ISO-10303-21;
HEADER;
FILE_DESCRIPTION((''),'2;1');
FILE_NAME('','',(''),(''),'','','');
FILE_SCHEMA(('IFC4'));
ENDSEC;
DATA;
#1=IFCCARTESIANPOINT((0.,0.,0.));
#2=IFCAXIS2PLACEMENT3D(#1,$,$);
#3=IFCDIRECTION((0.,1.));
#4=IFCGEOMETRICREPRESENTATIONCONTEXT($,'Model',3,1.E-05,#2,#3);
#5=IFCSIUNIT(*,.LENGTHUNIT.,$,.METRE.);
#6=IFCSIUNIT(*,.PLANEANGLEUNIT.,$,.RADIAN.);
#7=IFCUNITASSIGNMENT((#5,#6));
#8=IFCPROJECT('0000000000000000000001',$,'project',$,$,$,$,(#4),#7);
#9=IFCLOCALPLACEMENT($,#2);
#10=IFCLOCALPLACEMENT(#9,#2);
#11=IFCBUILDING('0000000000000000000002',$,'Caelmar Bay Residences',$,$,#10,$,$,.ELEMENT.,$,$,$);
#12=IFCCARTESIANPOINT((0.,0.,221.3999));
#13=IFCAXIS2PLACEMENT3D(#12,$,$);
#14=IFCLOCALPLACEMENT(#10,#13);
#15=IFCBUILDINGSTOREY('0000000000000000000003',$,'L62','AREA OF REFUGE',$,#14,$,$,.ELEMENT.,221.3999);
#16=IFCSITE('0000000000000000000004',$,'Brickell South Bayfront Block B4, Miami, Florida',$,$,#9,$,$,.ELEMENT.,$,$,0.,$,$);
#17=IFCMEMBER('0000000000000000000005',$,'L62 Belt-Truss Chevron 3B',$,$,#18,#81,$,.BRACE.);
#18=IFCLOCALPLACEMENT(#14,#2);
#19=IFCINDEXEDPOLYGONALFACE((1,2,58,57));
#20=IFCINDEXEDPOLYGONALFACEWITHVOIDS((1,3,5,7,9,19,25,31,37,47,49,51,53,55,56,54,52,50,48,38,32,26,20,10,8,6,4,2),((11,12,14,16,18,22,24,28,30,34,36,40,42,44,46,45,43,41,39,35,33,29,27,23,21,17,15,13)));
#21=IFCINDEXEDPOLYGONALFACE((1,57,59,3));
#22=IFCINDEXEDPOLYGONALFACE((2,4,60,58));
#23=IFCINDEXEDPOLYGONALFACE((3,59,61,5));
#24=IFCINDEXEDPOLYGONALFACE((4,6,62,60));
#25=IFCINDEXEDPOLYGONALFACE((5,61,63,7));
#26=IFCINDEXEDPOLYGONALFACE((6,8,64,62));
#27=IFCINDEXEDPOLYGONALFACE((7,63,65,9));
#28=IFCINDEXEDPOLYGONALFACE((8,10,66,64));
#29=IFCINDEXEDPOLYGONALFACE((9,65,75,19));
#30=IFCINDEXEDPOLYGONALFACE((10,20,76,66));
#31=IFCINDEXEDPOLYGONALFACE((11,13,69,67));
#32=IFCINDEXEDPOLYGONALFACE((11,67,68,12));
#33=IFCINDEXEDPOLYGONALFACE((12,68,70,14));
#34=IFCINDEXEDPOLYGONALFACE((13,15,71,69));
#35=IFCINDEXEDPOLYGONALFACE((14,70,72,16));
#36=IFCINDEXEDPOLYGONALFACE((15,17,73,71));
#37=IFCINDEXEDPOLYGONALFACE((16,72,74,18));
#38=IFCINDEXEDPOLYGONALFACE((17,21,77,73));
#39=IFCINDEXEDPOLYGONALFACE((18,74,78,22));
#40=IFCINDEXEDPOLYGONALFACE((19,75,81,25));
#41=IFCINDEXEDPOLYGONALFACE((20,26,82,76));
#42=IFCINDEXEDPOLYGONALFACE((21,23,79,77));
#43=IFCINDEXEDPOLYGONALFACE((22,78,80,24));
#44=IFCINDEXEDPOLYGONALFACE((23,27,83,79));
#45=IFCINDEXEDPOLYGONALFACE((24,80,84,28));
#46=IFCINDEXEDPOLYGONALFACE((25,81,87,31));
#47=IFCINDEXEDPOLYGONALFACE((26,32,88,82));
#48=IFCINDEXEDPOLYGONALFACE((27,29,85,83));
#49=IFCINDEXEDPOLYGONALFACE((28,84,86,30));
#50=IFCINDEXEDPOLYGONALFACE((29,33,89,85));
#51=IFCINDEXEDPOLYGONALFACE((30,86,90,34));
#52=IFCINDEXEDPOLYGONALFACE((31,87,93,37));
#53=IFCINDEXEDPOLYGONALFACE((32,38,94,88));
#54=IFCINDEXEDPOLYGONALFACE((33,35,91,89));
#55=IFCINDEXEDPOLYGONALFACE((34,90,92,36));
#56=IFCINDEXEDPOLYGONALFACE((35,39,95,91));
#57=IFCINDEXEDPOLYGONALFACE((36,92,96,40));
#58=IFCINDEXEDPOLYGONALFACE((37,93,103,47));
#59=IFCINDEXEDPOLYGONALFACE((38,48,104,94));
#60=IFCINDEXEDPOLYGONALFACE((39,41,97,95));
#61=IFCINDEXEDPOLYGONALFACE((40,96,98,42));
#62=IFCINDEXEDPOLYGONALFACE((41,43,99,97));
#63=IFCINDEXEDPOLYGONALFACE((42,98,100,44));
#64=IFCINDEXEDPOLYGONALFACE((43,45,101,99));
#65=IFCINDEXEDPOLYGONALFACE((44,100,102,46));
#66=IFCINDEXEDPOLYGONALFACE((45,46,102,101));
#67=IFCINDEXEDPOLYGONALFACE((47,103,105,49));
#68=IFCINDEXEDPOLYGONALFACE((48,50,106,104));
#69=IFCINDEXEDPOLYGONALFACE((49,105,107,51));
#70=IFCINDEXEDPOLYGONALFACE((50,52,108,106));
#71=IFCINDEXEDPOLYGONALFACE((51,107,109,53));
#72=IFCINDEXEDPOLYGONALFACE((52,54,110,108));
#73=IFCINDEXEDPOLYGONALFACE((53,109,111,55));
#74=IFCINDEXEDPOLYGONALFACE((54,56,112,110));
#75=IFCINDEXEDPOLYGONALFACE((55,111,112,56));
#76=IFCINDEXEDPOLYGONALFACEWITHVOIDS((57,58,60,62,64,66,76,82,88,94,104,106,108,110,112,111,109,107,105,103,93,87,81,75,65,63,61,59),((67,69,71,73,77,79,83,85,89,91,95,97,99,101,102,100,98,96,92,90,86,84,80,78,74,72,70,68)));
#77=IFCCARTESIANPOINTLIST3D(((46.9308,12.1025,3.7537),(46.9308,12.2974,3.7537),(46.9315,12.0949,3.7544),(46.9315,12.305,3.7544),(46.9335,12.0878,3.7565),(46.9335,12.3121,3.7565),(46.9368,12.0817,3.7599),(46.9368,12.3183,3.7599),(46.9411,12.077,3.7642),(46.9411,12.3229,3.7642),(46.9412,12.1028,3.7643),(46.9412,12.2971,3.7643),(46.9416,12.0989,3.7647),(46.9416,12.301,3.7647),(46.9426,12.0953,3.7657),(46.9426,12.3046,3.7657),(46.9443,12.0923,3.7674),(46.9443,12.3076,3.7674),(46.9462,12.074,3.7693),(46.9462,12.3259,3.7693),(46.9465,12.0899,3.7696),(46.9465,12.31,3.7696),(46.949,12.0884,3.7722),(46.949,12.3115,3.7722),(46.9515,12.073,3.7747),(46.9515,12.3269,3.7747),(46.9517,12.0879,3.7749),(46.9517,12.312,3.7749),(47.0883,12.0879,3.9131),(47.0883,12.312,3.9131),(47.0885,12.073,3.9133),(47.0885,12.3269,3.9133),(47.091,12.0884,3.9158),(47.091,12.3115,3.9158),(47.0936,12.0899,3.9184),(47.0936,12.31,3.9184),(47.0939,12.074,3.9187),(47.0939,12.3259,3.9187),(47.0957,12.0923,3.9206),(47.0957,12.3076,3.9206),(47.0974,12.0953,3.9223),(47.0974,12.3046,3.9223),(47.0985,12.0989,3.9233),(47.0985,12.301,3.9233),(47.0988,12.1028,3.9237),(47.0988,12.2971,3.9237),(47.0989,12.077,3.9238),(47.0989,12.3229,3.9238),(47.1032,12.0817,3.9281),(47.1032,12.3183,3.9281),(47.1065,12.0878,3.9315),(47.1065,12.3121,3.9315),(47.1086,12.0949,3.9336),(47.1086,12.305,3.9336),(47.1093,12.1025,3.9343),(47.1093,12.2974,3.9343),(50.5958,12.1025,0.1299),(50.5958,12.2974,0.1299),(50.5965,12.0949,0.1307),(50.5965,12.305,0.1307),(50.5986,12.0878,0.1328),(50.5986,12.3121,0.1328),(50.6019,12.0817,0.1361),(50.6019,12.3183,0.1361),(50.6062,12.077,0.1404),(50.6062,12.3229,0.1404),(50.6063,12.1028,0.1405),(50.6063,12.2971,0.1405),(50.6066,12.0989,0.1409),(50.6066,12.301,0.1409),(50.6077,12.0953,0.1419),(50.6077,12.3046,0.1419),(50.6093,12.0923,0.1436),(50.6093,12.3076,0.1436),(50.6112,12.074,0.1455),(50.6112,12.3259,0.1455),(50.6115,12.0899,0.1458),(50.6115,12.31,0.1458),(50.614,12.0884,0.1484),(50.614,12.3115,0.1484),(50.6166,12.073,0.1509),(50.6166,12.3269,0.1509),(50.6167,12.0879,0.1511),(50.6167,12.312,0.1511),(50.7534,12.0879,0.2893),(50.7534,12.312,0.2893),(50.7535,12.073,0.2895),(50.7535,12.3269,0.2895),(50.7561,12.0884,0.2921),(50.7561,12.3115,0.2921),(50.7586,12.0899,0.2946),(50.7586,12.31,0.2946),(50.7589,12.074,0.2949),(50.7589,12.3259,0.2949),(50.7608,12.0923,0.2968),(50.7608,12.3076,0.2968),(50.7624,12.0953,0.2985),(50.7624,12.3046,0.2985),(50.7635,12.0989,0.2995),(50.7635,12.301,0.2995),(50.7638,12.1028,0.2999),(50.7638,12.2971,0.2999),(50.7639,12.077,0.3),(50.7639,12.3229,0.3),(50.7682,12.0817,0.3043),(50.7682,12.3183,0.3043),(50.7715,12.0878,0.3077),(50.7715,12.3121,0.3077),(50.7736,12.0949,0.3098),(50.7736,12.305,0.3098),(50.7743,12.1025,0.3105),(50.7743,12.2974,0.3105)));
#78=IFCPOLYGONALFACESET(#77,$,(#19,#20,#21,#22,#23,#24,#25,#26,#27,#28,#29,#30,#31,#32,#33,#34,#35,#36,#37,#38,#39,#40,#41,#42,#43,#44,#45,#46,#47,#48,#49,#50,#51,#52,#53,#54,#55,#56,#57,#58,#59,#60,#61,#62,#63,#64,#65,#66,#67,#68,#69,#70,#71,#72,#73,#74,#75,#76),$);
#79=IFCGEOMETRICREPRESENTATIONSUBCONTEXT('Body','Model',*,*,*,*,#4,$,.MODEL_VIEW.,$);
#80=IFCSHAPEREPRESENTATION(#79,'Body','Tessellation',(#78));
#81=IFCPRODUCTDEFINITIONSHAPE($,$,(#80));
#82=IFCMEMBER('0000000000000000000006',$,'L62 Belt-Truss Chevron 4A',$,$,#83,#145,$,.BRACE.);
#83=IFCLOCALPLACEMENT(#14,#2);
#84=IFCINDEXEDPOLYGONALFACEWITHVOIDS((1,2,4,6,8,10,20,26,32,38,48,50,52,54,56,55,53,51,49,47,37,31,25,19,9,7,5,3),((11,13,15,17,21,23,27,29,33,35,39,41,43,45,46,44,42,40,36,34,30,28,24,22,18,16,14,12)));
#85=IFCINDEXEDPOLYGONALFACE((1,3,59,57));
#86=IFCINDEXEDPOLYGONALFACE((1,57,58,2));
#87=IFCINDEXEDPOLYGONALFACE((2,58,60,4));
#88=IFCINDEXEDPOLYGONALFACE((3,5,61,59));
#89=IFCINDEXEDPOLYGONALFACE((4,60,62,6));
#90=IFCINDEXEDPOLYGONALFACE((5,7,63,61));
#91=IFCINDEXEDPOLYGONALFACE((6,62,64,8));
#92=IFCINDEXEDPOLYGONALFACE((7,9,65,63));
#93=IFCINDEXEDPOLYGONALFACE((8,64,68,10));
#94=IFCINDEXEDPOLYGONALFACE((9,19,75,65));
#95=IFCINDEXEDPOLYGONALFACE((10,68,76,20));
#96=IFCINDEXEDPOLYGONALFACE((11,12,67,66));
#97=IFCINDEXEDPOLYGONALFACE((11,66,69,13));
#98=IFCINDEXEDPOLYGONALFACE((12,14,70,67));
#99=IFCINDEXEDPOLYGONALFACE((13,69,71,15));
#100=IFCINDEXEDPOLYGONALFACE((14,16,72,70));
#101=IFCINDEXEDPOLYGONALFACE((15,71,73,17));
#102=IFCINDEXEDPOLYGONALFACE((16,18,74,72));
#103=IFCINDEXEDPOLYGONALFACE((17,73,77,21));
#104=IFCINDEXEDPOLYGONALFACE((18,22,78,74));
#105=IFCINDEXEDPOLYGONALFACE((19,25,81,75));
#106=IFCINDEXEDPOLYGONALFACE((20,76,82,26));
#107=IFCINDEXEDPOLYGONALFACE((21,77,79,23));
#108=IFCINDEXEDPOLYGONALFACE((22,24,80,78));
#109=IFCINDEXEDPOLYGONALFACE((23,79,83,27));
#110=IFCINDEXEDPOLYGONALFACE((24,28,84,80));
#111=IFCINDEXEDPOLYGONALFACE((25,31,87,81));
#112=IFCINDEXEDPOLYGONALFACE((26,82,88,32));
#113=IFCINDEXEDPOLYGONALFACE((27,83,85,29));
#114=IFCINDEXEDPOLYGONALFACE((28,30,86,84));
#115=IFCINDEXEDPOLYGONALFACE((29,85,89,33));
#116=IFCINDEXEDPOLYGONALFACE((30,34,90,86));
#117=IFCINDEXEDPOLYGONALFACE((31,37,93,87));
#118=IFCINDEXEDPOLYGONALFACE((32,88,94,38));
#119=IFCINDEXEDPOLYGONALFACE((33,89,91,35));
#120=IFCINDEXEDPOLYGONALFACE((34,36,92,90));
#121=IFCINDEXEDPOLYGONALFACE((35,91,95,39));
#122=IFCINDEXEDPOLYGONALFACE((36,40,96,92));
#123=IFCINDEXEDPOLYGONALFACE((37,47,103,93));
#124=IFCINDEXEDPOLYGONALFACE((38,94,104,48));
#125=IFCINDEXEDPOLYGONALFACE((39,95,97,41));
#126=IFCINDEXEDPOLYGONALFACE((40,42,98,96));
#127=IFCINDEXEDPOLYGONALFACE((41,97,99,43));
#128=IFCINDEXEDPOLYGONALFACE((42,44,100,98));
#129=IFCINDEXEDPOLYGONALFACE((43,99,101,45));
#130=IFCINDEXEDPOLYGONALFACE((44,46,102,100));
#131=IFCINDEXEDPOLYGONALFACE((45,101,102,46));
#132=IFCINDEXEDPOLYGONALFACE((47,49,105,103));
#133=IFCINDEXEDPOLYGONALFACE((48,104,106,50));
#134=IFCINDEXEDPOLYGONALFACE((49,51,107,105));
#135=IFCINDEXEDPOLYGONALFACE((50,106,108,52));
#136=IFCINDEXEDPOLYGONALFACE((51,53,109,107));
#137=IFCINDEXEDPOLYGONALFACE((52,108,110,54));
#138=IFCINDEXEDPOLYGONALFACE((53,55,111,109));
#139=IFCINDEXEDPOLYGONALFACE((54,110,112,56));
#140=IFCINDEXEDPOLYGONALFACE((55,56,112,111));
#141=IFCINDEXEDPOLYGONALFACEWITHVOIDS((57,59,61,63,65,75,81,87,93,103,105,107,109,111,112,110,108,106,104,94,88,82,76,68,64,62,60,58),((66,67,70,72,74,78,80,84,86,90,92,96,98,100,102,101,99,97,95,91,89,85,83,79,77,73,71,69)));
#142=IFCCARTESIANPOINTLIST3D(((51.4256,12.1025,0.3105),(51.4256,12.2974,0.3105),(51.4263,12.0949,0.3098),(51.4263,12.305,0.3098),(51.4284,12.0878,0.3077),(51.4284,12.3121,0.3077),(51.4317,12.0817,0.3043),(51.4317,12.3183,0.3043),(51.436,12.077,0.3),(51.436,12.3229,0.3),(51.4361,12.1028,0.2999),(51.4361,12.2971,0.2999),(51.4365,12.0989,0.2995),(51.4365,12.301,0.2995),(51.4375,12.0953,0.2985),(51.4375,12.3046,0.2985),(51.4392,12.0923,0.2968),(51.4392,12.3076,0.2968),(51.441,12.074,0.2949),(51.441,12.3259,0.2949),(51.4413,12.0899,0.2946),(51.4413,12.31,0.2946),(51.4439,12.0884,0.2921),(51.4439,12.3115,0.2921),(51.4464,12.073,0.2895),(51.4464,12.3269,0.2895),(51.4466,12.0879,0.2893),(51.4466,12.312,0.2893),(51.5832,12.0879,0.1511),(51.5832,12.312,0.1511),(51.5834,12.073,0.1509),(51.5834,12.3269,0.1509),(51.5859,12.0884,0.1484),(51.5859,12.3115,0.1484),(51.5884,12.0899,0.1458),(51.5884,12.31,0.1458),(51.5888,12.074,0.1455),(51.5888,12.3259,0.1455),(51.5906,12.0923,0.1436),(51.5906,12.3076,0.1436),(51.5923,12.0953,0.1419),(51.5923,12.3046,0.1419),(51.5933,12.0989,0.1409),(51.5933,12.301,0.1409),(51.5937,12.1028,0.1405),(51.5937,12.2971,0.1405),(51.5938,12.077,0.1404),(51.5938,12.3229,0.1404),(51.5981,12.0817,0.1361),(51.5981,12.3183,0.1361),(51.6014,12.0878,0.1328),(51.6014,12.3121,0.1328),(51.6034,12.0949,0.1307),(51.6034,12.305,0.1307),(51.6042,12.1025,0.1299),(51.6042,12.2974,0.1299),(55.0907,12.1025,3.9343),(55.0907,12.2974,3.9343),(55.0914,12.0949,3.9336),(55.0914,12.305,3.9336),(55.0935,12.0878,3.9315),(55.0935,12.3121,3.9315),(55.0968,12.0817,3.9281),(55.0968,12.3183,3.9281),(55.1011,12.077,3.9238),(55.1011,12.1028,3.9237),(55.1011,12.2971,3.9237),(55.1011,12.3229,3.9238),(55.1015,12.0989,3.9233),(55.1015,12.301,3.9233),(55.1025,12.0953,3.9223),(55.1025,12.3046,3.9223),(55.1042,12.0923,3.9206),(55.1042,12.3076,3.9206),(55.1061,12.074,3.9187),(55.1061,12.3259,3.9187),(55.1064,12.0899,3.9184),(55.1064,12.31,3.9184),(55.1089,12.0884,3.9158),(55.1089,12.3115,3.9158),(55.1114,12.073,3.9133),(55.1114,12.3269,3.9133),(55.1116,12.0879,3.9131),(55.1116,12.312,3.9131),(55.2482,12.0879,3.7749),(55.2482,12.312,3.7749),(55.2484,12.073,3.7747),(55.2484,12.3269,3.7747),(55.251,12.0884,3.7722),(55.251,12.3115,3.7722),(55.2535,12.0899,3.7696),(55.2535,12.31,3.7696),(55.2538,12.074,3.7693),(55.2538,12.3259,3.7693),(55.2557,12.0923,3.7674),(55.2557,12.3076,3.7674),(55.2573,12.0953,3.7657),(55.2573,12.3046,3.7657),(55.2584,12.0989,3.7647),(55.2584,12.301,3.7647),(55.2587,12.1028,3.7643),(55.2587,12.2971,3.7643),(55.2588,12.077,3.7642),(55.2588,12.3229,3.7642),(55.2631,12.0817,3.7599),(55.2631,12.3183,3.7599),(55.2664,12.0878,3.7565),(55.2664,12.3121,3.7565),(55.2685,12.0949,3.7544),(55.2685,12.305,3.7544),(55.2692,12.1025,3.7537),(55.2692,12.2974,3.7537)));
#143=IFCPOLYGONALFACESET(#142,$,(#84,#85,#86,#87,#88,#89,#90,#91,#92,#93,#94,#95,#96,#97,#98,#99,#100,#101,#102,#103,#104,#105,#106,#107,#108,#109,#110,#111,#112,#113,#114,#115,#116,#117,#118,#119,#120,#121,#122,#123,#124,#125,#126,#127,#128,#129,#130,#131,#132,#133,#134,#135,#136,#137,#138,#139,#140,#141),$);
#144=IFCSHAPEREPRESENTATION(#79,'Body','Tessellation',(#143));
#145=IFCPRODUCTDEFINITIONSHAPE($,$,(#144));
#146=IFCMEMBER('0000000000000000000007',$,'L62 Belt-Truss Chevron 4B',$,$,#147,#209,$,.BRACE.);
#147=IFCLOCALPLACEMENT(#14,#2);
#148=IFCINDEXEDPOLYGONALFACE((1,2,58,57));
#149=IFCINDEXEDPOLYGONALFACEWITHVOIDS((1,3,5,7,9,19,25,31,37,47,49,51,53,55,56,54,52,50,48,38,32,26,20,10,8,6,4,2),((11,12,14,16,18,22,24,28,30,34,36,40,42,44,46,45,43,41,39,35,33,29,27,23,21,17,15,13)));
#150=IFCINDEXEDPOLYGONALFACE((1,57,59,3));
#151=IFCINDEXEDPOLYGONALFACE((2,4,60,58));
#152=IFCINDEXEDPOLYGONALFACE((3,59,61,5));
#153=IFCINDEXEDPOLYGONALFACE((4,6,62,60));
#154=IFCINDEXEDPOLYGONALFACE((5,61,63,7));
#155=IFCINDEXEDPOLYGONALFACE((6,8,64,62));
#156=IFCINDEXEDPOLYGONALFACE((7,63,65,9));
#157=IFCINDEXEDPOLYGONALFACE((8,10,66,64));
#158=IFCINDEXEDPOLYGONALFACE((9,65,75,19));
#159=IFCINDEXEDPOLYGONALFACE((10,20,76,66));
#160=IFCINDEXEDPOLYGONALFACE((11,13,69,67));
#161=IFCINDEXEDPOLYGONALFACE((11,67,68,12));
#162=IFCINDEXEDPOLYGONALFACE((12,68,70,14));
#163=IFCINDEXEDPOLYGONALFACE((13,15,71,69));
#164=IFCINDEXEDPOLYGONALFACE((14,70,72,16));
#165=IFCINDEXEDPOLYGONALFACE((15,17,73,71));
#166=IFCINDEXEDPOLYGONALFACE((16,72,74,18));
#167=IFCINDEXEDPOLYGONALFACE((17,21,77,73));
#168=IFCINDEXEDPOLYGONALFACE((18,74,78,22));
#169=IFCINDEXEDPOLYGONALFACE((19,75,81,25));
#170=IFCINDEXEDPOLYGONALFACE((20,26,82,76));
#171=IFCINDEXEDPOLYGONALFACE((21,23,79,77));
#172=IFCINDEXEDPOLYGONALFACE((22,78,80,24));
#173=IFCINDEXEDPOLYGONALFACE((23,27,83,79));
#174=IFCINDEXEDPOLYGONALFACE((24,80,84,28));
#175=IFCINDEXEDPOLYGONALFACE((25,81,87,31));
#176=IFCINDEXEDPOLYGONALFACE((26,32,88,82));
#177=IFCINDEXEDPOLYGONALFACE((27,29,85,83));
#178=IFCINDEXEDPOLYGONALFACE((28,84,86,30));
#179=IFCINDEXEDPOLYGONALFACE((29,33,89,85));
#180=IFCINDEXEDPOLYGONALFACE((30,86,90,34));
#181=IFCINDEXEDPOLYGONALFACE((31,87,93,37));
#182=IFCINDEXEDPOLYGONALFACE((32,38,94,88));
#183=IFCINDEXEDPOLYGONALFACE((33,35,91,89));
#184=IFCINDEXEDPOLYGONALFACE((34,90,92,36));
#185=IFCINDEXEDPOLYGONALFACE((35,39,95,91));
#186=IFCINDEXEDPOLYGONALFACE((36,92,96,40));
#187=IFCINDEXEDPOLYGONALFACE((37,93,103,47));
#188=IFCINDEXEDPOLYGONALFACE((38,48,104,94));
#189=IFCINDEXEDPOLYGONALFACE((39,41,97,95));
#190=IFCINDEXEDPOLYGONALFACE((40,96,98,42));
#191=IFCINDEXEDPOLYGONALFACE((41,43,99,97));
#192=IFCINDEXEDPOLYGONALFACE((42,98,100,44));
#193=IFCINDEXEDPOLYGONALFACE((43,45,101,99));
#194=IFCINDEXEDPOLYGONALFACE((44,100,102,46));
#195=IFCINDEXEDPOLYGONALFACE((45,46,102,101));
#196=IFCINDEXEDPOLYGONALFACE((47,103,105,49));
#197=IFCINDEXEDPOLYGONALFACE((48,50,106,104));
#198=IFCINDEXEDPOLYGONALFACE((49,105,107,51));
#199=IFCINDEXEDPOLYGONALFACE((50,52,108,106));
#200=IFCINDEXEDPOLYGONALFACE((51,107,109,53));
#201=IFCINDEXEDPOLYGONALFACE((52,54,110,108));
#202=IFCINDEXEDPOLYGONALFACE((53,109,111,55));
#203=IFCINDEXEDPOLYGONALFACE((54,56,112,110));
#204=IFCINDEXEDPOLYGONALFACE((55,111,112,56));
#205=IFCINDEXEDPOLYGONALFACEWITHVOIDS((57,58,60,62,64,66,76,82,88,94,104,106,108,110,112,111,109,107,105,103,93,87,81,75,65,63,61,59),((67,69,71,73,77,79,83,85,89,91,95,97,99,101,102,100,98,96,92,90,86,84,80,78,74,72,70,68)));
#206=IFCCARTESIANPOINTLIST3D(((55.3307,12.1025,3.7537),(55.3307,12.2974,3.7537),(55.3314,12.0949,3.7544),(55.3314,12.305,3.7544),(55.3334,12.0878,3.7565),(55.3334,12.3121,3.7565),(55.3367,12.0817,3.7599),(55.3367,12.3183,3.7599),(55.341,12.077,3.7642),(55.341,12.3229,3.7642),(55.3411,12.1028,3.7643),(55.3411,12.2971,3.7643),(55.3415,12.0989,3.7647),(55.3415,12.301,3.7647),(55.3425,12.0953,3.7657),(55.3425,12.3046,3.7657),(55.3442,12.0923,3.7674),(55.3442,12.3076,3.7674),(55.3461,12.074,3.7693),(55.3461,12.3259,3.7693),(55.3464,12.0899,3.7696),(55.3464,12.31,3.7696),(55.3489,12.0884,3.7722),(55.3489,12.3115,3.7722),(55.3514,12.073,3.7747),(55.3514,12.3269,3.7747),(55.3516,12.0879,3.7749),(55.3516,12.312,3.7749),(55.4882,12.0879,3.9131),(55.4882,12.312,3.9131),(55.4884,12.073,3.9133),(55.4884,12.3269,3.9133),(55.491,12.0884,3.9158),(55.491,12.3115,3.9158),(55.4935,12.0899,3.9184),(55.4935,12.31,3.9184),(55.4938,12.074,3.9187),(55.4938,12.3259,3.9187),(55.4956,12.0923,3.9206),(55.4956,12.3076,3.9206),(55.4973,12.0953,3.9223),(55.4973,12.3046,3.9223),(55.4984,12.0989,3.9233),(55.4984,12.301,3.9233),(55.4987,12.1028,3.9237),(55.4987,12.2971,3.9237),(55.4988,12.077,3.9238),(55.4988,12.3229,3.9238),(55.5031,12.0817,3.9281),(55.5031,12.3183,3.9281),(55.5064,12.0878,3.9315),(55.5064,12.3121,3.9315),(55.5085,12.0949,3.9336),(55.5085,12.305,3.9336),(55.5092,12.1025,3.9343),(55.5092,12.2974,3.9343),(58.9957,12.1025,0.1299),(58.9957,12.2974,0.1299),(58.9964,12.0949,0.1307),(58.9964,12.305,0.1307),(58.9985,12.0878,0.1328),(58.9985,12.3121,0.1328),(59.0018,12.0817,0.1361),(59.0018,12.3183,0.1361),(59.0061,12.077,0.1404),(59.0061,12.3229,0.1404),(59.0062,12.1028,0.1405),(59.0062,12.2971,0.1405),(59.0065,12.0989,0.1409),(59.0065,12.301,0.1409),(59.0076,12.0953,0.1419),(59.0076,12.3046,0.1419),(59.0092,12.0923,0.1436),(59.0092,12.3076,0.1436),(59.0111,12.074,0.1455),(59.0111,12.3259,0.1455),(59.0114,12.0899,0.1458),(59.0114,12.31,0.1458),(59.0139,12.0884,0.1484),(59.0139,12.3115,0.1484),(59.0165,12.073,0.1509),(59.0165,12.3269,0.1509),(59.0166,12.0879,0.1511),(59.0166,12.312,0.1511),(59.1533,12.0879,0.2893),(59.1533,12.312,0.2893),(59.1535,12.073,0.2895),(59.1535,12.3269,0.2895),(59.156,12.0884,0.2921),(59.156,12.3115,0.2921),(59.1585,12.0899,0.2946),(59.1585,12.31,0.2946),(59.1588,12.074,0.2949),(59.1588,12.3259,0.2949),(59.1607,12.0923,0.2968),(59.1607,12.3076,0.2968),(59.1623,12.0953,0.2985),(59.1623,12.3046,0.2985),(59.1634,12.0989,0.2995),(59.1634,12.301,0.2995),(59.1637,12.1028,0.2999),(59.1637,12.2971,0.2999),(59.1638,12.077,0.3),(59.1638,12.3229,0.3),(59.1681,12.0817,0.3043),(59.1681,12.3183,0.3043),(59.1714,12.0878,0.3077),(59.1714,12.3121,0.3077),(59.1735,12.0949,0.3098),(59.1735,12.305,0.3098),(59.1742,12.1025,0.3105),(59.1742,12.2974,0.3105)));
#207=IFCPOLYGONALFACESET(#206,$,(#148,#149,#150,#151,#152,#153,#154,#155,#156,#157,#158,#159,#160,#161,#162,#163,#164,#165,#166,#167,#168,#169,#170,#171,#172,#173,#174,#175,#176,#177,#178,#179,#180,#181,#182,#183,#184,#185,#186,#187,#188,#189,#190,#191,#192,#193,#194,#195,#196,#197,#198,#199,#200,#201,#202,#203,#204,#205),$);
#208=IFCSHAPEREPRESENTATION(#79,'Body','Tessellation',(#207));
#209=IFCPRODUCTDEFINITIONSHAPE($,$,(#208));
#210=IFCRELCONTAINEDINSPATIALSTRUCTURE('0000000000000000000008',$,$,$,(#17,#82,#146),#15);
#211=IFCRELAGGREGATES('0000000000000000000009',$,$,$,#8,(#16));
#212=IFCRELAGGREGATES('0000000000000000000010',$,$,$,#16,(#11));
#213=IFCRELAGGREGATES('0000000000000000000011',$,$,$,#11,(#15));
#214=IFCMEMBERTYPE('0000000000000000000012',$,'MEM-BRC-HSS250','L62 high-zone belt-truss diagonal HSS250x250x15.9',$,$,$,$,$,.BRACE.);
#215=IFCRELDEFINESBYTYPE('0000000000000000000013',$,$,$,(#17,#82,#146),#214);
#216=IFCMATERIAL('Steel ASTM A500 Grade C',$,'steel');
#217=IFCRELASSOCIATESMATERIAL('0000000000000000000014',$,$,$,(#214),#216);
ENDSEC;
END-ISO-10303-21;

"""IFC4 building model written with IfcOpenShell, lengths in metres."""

from ifc_helpers import new_model, si_unit, direction, frame, origin, origin_2d, place, context, subcontext, project, spatial, hollow_rectangle, extrude, material, material_profile, profile_set, type_object, element, save


model = new_model("IFC4")

# Units and contexts
model_context = context("Model", 3, precision=1e-05, world=origin(), true_north=direction((0.0, 1.0)))
body_context = subcontext(model_context, "Body", "Model", "MODEL_VIEW")
ifc_project = project(units=[si_unit("LENGTHUNIT", "METRE"), si_unit("PLANEANGLEUNIT", "RADIAN")], contexts=[model_context])

# Site, building, storey
site_placement = place(None, origin())
site = spatial("IfcSite", under=ifc_project, at=site_placement, Name="Brickell South Bayfront Block B4, Miami, Florida", CompositionType="ELEMENT", RefElevation=0.0)
building_placement = place(site_placement, origin())
building = spatial("IfcBuilding", under=site, at=building_placement, Name="Caelmar Bay Residences", CompositionType="ELEMENT")
storey_placement = place(building_placement, frame((0.0, 0.0, 221.3999)))
storey = spatial("IfcBuildingStorey", under=building, at=storey_placement, Name="L62", Description="AREA OF REFUGE", CompositionType="ELEMENT", Elevation=221.3999)

# Members
ifc_material_1 = material(Name="Steel ASTM A500 Grade C", Category="steel")
ifc_material_profile_1 = material_profile(ifc_material_1, hollow_rectangle(XDim=0.2539, YDim=0.2539, WallThickness=0.0149, InnerFilletRadius=0.0149, OuterFilletRadius=0.0295, at=origin_2d()), Name="HSS250X250X15.9")
ifc_profile_set_1 = profile_set([ifc_material_profile_1], Name="Steel ASTM A500 Grade C")
member_type_1 = type_object("IfcMemberType", Name="MEM-BRC-HSS250", Description="L62 high-zone belt-truss diagonal HSS250x250x15.9", PredefinedType="BRACE", material=ifc_profile_set_1)
for number, where, z_axis, x_axis, name in (
    (1, (50.6851, 12.2, 0.2202), (-0.711098, 0.0, 0.703093), (0.0, -1.0, 0.0), "L62 Belt-Truss Chevron 3B"),
    (2, (51.5149, 12.2, 0.2202), (0.711098, 0.0, 0.703093), (0.0, 1.0, 0.0), "L62 Belt-Truss Chevron 4A"),
    (3, (59.085, 12.2, 0.2202), (-0.711098, 0.0, 0.703093), (0.0, -1.0, 0.0), "L62 Belt-Truss Chevron 4B"),
):
    element("IfcMember", number, at=place(storey_placement, frame(where, z_axis=z_axis, x_axis=x_axis)), inside=storey, type_object=member_type_1, Name=name, PredefinedType="BRACE", context=body_context, shape_type="SweptSolid", body=[
        extrude(hollow_rectangle(XDim=0.2539, YDim=0.2539, WallThickness=0.0149, InnerFilletRadius=0.0149, OuterFilletRadius=0.0295, at=origin_2d()), origin(), (0.0, 0.0, 1.0), 5.1541),
    ])

save(model, "model.ifc")
